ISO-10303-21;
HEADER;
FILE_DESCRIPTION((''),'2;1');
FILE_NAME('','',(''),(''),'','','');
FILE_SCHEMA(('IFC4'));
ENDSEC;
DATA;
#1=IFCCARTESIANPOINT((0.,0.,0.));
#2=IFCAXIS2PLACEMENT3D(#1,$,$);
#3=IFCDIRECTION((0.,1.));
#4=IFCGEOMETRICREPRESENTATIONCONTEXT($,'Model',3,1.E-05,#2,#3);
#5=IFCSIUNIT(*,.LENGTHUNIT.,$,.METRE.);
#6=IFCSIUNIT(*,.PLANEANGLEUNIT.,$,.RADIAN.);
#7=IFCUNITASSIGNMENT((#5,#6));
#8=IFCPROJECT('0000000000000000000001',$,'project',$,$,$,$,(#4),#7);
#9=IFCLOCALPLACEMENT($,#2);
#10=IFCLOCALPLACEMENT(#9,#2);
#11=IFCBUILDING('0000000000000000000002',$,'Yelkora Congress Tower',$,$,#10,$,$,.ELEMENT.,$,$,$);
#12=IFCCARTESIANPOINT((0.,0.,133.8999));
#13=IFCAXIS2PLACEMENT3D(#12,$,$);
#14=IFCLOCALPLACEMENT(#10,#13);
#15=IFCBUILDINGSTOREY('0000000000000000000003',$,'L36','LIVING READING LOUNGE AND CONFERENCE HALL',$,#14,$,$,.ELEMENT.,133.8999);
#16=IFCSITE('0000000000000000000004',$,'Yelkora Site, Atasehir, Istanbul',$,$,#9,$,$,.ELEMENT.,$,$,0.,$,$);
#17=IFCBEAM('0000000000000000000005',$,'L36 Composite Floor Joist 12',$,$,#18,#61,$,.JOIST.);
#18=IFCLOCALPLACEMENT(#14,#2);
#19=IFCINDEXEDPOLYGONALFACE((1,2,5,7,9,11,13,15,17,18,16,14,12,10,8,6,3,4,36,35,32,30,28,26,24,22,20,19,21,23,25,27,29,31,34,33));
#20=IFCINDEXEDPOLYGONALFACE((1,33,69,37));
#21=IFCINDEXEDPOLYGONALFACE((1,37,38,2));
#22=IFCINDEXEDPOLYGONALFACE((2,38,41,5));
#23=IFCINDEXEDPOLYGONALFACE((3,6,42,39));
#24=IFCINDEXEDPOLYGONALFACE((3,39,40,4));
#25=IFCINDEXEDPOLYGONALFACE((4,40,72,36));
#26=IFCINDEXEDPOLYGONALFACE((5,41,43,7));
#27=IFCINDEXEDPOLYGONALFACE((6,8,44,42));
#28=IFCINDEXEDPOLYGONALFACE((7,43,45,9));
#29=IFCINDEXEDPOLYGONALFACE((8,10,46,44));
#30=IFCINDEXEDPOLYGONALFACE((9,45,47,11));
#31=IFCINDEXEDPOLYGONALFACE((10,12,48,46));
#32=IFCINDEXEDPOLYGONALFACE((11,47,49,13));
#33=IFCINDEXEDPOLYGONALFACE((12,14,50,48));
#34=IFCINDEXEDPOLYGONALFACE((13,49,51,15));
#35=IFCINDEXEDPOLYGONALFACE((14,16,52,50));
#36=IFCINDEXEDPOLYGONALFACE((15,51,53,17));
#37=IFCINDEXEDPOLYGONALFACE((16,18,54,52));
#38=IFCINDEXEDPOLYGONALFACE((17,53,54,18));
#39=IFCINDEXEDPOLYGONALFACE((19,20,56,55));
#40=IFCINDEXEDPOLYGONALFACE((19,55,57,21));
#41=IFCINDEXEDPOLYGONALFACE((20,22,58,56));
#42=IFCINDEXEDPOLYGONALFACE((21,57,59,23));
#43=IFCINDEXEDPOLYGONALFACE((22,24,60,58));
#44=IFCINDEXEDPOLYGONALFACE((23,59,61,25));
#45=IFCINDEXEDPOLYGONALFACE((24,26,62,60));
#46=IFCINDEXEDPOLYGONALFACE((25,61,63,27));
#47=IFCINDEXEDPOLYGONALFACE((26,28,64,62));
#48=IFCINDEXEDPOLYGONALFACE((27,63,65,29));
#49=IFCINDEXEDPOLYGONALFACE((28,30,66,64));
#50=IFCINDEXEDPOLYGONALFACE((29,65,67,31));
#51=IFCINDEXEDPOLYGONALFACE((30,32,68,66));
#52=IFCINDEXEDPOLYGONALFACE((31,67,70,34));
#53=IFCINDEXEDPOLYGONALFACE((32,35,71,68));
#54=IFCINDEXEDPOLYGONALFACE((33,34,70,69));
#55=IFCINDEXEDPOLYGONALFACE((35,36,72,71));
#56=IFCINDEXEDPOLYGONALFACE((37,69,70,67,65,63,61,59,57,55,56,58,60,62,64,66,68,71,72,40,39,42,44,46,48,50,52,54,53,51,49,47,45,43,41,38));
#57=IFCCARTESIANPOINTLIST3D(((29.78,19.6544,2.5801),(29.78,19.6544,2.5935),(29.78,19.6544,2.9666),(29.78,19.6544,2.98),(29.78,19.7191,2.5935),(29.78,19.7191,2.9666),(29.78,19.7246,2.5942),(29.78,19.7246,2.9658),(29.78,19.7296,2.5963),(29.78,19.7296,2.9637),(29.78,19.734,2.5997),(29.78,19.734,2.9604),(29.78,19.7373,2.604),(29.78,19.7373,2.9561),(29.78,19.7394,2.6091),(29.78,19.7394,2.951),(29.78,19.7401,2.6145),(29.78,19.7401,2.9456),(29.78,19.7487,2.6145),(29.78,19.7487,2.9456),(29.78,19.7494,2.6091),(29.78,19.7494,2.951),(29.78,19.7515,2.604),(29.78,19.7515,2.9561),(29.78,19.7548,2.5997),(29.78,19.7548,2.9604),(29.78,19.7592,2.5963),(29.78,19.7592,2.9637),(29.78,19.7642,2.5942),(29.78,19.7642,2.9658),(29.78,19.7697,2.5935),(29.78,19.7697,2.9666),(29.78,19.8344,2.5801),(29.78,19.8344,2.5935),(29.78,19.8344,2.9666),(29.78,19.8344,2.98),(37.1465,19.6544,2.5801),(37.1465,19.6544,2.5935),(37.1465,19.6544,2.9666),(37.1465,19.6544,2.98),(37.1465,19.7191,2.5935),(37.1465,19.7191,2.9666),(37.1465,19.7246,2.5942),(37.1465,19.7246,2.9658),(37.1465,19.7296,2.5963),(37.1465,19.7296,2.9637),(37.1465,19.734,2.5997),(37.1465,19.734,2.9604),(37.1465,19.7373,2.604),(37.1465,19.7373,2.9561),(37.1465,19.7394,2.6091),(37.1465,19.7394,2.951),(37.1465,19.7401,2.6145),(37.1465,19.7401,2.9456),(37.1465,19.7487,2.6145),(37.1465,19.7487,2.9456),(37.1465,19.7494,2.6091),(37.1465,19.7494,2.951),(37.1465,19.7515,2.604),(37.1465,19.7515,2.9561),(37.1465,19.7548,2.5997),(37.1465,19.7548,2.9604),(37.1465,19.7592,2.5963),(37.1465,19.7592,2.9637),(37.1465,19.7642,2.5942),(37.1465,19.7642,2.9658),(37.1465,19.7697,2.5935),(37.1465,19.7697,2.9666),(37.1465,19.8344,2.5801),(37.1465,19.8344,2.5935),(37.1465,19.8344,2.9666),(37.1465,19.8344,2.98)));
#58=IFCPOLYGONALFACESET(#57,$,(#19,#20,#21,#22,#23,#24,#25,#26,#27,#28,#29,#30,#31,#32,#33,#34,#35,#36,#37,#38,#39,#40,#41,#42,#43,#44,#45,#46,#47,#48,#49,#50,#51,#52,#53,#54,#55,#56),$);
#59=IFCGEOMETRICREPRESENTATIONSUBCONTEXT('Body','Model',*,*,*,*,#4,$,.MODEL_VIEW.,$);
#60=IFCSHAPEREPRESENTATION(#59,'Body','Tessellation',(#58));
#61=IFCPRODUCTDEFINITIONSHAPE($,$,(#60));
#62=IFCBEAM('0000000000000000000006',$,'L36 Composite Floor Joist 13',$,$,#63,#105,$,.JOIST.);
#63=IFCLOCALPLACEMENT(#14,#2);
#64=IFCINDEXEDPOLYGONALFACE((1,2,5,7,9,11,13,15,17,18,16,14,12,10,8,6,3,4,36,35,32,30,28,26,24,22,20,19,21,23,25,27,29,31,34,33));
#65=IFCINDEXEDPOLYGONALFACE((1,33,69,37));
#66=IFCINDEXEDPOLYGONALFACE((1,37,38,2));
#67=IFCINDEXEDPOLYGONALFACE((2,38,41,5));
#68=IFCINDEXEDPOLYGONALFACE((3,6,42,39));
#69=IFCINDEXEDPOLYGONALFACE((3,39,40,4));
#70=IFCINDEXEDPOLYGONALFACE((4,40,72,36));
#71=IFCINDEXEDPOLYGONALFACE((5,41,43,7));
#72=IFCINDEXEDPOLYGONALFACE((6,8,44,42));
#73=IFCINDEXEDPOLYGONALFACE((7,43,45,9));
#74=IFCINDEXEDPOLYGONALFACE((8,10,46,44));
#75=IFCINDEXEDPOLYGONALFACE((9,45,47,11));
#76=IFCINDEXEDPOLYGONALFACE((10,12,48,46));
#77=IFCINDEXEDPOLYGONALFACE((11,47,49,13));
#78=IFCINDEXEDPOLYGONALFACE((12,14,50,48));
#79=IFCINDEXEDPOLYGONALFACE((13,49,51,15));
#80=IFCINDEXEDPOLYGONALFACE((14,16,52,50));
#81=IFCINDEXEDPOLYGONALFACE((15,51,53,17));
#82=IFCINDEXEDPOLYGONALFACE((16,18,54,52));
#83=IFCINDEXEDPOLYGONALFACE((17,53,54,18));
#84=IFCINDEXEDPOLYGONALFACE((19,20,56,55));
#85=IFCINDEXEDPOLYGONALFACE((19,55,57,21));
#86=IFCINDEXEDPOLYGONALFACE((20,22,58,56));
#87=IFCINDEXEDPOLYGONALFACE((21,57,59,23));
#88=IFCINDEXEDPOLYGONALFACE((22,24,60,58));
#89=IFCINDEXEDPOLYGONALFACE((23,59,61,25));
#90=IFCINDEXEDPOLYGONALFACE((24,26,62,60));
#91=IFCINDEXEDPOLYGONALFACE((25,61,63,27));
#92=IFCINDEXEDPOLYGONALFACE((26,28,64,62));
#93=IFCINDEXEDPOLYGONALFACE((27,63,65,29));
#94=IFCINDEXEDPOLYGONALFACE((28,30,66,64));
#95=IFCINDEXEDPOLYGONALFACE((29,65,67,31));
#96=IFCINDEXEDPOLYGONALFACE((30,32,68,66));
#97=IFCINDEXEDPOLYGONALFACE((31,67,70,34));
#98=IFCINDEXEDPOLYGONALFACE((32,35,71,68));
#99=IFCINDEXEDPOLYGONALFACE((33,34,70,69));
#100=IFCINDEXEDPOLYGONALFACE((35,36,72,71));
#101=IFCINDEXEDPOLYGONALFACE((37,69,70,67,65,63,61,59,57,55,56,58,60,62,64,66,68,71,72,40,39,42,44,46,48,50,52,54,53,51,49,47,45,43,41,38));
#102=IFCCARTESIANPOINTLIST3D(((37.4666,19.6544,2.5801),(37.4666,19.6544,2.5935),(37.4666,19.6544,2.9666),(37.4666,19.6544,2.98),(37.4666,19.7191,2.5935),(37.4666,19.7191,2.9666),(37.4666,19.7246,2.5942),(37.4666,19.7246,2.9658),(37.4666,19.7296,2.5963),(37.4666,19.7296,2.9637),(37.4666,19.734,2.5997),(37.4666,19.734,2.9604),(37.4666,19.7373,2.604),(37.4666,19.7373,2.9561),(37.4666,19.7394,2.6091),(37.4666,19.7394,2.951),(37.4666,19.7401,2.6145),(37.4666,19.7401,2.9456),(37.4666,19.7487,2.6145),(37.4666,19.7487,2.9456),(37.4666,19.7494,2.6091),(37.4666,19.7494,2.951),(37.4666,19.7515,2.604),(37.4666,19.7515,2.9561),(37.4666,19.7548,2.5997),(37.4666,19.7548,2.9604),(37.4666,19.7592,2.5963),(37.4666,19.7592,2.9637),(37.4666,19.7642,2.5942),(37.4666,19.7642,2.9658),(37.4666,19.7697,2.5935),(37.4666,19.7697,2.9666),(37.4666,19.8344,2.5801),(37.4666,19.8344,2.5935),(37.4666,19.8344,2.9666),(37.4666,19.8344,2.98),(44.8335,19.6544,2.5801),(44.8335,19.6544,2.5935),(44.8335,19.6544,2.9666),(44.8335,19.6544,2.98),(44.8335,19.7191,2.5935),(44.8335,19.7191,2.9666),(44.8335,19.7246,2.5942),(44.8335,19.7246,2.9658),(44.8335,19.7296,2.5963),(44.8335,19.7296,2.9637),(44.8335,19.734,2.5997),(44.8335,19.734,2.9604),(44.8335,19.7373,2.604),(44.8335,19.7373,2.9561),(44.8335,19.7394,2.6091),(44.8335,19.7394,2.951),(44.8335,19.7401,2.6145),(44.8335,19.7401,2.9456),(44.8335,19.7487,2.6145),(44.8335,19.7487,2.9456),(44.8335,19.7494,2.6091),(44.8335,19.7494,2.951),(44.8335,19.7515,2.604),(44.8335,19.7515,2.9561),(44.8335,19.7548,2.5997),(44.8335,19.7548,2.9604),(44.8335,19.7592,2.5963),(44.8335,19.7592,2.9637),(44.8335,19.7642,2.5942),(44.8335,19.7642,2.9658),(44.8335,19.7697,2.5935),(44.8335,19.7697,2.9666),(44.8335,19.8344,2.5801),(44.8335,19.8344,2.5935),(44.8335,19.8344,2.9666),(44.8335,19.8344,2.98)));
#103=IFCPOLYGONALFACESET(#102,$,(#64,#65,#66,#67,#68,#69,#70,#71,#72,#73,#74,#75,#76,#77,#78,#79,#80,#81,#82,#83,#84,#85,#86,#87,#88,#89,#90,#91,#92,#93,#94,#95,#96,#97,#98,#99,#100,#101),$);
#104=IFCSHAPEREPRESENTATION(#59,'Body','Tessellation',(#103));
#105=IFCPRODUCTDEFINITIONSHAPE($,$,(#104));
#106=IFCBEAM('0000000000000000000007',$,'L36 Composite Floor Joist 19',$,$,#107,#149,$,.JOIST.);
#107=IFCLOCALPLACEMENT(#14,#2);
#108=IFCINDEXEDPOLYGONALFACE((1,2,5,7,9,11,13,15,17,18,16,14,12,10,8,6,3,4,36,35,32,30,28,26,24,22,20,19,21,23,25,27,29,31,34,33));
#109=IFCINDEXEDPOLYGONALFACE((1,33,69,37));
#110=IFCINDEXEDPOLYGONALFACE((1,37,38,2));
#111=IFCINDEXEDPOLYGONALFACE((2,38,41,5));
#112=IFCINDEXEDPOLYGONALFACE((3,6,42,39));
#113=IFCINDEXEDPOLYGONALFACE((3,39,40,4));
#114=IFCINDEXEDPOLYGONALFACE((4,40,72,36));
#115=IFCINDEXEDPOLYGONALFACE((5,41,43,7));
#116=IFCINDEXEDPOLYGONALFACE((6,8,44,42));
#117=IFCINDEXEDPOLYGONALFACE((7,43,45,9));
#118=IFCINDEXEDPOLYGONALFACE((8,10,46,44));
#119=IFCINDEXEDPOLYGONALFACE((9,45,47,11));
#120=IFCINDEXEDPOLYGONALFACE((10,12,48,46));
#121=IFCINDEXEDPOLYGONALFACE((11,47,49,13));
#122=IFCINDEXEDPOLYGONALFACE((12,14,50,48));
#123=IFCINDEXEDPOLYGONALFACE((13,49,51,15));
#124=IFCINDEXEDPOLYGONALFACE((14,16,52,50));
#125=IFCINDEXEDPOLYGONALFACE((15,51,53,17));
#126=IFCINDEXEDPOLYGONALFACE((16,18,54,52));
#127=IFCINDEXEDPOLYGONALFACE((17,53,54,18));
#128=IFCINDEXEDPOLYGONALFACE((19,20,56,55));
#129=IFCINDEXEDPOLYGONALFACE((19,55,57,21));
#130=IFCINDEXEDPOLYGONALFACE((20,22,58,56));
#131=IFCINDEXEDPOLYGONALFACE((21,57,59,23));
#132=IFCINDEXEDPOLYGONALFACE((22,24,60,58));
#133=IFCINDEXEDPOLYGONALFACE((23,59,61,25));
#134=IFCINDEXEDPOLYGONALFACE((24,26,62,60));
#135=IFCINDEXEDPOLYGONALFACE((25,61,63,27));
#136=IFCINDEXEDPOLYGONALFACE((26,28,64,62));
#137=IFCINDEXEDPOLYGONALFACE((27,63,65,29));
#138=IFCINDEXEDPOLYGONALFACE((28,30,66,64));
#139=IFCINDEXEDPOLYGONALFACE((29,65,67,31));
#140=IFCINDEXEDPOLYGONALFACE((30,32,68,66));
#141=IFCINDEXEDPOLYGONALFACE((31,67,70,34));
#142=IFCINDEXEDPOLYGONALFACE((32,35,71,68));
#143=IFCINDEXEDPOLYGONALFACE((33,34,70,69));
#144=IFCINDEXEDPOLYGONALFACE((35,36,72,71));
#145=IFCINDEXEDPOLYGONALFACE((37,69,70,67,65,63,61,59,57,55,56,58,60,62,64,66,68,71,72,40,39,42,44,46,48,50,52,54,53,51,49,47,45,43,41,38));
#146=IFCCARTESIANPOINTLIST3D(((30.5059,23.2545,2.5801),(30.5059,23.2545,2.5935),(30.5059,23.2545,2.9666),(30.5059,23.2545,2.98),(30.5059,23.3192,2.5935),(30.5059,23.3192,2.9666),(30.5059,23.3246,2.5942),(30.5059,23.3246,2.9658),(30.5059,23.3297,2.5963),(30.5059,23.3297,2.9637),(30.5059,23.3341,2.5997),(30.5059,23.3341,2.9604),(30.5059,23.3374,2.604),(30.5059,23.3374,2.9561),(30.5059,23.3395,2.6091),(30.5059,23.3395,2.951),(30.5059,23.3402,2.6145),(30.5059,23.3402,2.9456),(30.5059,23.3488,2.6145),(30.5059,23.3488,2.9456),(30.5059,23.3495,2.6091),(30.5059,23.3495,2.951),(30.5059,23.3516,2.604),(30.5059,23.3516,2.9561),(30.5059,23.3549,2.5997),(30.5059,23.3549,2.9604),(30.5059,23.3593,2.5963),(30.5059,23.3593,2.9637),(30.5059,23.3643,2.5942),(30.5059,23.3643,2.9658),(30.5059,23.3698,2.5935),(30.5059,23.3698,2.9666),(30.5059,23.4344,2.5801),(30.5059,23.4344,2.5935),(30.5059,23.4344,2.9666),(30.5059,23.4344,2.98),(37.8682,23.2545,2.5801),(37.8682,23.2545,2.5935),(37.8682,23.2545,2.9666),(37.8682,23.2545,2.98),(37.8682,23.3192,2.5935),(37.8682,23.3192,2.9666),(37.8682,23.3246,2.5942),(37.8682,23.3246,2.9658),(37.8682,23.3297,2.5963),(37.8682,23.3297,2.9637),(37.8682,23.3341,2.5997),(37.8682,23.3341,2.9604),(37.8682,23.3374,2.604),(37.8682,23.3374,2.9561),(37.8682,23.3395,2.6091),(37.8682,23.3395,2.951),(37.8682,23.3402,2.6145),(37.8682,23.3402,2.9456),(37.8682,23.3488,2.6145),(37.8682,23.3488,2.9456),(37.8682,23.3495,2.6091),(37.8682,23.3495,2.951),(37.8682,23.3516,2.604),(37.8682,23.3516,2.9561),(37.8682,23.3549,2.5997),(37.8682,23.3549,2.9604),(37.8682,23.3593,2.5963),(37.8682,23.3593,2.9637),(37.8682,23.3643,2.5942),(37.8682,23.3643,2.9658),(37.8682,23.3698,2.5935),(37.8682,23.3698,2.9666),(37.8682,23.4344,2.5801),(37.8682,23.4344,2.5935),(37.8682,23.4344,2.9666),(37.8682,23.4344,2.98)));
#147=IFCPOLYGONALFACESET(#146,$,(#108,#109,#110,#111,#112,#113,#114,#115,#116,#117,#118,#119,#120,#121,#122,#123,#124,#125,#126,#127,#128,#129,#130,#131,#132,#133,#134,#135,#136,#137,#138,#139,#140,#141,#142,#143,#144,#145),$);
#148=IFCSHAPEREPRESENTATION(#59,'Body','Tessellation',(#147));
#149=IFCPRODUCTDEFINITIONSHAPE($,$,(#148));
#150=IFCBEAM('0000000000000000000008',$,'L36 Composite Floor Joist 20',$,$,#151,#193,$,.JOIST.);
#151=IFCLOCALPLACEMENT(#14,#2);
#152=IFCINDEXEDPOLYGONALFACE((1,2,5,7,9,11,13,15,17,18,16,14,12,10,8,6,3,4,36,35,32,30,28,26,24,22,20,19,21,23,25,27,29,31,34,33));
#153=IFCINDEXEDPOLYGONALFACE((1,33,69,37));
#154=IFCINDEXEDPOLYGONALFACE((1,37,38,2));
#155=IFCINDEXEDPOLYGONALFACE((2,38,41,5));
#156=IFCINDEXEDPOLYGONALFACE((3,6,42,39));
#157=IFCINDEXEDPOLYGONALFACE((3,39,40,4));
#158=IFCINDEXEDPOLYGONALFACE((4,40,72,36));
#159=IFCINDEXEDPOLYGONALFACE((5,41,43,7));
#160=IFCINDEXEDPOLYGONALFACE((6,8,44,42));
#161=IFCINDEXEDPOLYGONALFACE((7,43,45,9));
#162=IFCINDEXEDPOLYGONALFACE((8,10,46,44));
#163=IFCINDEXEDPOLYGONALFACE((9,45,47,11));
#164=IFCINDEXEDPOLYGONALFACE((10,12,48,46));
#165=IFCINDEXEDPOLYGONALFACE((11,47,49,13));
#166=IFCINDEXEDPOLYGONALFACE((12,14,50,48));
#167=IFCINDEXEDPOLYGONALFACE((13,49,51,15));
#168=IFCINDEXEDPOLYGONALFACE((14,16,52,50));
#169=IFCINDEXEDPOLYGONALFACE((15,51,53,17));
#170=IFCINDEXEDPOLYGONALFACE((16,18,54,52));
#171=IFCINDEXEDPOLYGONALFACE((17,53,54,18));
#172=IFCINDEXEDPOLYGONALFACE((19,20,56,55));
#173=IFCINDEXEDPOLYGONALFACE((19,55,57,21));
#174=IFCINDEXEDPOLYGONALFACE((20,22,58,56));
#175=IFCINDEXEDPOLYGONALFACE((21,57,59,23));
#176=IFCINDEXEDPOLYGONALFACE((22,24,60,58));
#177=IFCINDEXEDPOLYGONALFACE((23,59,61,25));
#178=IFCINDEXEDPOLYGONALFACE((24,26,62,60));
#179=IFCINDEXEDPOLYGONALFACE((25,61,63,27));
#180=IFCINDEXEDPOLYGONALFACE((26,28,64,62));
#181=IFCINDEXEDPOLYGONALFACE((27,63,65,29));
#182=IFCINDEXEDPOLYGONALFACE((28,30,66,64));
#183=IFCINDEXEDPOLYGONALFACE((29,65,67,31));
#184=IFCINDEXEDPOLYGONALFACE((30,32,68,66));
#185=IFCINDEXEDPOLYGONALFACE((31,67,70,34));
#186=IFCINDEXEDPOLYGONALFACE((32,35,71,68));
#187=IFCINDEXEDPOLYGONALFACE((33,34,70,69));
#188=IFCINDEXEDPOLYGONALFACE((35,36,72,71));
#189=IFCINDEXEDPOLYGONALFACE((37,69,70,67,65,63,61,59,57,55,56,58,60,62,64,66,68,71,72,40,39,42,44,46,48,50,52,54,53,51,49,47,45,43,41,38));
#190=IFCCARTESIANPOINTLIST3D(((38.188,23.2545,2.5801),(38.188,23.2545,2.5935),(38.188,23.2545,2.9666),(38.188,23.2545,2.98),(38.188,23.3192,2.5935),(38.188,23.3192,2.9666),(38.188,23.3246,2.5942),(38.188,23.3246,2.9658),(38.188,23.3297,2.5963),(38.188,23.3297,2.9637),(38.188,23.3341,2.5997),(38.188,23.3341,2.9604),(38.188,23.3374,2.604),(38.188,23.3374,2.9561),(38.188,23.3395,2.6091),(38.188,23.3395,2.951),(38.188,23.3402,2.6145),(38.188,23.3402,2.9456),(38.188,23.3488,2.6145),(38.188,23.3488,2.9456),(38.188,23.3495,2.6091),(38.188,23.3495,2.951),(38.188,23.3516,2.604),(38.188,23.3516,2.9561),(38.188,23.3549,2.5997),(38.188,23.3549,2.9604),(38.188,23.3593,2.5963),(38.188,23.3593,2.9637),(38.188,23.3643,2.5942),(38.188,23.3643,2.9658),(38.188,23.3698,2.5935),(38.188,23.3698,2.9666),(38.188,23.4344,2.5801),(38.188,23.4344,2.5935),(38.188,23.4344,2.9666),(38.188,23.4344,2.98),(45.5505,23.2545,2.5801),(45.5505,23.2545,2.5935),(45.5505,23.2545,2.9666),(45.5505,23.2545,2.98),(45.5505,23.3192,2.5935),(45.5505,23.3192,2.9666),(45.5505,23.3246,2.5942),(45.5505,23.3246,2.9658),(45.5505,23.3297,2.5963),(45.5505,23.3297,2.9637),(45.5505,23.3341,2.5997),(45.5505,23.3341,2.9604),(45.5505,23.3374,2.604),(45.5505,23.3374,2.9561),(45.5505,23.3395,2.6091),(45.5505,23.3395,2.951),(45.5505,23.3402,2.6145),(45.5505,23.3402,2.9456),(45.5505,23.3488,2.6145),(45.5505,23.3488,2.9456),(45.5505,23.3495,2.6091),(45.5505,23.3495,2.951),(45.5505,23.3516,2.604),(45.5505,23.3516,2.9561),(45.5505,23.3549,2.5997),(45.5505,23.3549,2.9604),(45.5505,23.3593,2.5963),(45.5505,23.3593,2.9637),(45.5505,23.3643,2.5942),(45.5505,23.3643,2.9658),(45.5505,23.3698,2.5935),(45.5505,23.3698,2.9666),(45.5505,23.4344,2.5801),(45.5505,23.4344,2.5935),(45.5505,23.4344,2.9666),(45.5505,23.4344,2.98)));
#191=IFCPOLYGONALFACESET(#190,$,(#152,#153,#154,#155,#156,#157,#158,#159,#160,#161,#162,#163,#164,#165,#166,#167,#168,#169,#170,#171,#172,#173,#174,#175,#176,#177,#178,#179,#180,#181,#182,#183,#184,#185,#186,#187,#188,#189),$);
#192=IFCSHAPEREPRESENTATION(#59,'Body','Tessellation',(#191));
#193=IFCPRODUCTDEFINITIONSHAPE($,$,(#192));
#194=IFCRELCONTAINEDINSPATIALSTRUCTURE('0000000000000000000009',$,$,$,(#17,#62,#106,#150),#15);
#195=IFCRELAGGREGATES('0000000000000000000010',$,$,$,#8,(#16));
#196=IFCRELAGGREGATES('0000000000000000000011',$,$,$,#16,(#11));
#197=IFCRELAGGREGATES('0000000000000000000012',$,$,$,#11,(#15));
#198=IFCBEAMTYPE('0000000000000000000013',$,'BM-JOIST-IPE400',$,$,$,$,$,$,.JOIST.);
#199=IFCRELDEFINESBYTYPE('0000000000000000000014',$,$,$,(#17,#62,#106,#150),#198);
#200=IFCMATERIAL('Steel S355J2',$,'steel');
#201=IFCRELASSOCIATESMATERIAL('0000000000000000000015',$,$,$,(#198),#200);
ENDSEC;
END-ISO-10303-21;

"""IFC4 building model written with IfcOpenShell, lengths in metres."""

from ifc_helpers import new_model, si_unit, direction, frame, origin, origin_2d, place, context, subcontext, project, spatial, i_section, extrude, material, material_profile, profile_set, type_object, element, save


model = new_model("IFC4")

# Units and contexts
model_context = context("Model", 3, precision=1e-05, world=origin(), true_north=direction((0.0, 1.0)))
body_context = subcontext(model_context, "Body", "Model", "MODEL_VIEW")
ifc_project = project(units=[si_unit("LENGTHUNIT", "METRE"), si_unit("PLANEANGLEUNIT", "RADIAN")], contexts=[model_context])

# Site, building, storey
site_placement = place(None, origin())
site = spatial("IfcSite", under=ifc_project, at=site_placement, Name="Yelkora Site, Atasehir, Istanbul", CompositionType="ELEMENT", RefElevation=0.0)
building_placement = place(site_placement, origin())
building = spatial("IfcBuilding", under=site, at=building_placement, Name="Yelkora Congress Tower", CompositionType="ELEMENT")
storey_placement = place(building_placement, frame((0.0, 0.0, 133.8999)))
storey = spatial("IfcBuildingStorey", under=building, at=storey_placement, Name="L36", Description="LIVING READING LOUNGE AND CONFERENCE HALL", CompositionType="ELEMENT", Elevation=133.8999)

# Beams
ifc_material_1 = material(Name="Steel S355J2", Category="steel")
ifc_material_profile_1 = material_profile(ifc_material_1, i_section(OverallWidth=0.1799, OverallDepth=0.3999, WebThickness=0.0085, FlangeThickness=0.0134, FilletRadius=0.021, at=origin_2d()), Name="IPE 400")
ifc_profile_set_1 = profile_set([ifc_material_profile_1], Name="Steel S355J2")
beam_type_1 = type_object("IfcBeamType", Name="BM-JOIST-IPE400", PredefinedType="JOIST", material=ifc_profile_set_1)
beam_1_placement = place(storey_placement, frame((29.78, 19.7444, 2.78), z_axis=(1.0, 0.0, 0.0), x_axis=(0.0, 1.0, 0.0)))
element("IfcBeam", 1, at=beam_1_placement, inside=storey, type_object=beam_type_1, Name="L36 Composite Floor Joist 12", PredefinedType="JOIST", context=body_context, shape_type="SweptSolid", body=[
    extrude(i_section(OverallWidth=0.1799, OverallDepth=0.3999, WebThickness=0.0085, FlangeThickness=0.0134, FilletRadius=0.021, at=origin_2d()), origin(), (0.0, 0.0, 1.0), 7.3665),
])
beam_2_placement = place(storey_placement, frame((37.4666, 19.7444, 2.78), z_axis=(1.0, 0.0, 0.0), x_axis=(0.0, 1.0, 0.0)))
element("IfcBeam", 2, at=beam_2_placement, inside=storey, type_object=beam_type_1, Name="L36 Composite Floor Joist 13", PredefinedType="JOIST", context=body_context, shape_type="SweptSolid", body=[
    extrude(i_section(OverallWidth=0.1799, OverallDepth=0.3999, WebThickness=0.0085, FlangeThickness=0.0134, FilletRadius=0.021, at=origin_2d()), origin(), (0.0, 0.0, 1.0), 7.3669),
])
beam_3_placement = place(storey_placement, frame((30.5059, 23.3445, 2.78), z_axis=(1.0, 0.0, 0.0), x_axis=(0.0, 1.0, 0.0)))
element("IfcBeam", 3, at=beam_3_placement, inside=storey, type_object=beam_type_1, Name="L36 Composite Floor Joist 19", PredefinedType="JOIST", context=body_context, shape_type="SweptSolid", body=[
    extrude(i_section(OverallWidth=0.1799, OverallDepth=0.3999, WebThickness=0.0085, FlangeThickness=0.0134, FilletRadius=0.021, at=origin_2d()), origin(), (0.0, 0.0, 1.0), 7.3623),
])
beam_4_placement = place(storey_placement, frame((38.188, 23.3445, 2.78), z_axis=(1.0, 0.0, 0.0), x_axis=(0.0, 1.0, 0.0)))
element("IfcBeam", 4, at=beam_4_placement, inside=storey, type_object=beam_type_1, Name="L36 Composite Floor Joist 20", PredefinedType="JOIST", context=body_context, shape_type="SweptSolid", body=[
    extrude(i_section(OverallWidth=0.1799, OverallDepth=0.3999, WebThickness=0.0085, FlangeThickness=0.0134, FilletRadius=0.021, at=origin_2d()), origin(), (0.0, 0.0, 1.0), 7.3625),
])

save(model, "model.ifc")
